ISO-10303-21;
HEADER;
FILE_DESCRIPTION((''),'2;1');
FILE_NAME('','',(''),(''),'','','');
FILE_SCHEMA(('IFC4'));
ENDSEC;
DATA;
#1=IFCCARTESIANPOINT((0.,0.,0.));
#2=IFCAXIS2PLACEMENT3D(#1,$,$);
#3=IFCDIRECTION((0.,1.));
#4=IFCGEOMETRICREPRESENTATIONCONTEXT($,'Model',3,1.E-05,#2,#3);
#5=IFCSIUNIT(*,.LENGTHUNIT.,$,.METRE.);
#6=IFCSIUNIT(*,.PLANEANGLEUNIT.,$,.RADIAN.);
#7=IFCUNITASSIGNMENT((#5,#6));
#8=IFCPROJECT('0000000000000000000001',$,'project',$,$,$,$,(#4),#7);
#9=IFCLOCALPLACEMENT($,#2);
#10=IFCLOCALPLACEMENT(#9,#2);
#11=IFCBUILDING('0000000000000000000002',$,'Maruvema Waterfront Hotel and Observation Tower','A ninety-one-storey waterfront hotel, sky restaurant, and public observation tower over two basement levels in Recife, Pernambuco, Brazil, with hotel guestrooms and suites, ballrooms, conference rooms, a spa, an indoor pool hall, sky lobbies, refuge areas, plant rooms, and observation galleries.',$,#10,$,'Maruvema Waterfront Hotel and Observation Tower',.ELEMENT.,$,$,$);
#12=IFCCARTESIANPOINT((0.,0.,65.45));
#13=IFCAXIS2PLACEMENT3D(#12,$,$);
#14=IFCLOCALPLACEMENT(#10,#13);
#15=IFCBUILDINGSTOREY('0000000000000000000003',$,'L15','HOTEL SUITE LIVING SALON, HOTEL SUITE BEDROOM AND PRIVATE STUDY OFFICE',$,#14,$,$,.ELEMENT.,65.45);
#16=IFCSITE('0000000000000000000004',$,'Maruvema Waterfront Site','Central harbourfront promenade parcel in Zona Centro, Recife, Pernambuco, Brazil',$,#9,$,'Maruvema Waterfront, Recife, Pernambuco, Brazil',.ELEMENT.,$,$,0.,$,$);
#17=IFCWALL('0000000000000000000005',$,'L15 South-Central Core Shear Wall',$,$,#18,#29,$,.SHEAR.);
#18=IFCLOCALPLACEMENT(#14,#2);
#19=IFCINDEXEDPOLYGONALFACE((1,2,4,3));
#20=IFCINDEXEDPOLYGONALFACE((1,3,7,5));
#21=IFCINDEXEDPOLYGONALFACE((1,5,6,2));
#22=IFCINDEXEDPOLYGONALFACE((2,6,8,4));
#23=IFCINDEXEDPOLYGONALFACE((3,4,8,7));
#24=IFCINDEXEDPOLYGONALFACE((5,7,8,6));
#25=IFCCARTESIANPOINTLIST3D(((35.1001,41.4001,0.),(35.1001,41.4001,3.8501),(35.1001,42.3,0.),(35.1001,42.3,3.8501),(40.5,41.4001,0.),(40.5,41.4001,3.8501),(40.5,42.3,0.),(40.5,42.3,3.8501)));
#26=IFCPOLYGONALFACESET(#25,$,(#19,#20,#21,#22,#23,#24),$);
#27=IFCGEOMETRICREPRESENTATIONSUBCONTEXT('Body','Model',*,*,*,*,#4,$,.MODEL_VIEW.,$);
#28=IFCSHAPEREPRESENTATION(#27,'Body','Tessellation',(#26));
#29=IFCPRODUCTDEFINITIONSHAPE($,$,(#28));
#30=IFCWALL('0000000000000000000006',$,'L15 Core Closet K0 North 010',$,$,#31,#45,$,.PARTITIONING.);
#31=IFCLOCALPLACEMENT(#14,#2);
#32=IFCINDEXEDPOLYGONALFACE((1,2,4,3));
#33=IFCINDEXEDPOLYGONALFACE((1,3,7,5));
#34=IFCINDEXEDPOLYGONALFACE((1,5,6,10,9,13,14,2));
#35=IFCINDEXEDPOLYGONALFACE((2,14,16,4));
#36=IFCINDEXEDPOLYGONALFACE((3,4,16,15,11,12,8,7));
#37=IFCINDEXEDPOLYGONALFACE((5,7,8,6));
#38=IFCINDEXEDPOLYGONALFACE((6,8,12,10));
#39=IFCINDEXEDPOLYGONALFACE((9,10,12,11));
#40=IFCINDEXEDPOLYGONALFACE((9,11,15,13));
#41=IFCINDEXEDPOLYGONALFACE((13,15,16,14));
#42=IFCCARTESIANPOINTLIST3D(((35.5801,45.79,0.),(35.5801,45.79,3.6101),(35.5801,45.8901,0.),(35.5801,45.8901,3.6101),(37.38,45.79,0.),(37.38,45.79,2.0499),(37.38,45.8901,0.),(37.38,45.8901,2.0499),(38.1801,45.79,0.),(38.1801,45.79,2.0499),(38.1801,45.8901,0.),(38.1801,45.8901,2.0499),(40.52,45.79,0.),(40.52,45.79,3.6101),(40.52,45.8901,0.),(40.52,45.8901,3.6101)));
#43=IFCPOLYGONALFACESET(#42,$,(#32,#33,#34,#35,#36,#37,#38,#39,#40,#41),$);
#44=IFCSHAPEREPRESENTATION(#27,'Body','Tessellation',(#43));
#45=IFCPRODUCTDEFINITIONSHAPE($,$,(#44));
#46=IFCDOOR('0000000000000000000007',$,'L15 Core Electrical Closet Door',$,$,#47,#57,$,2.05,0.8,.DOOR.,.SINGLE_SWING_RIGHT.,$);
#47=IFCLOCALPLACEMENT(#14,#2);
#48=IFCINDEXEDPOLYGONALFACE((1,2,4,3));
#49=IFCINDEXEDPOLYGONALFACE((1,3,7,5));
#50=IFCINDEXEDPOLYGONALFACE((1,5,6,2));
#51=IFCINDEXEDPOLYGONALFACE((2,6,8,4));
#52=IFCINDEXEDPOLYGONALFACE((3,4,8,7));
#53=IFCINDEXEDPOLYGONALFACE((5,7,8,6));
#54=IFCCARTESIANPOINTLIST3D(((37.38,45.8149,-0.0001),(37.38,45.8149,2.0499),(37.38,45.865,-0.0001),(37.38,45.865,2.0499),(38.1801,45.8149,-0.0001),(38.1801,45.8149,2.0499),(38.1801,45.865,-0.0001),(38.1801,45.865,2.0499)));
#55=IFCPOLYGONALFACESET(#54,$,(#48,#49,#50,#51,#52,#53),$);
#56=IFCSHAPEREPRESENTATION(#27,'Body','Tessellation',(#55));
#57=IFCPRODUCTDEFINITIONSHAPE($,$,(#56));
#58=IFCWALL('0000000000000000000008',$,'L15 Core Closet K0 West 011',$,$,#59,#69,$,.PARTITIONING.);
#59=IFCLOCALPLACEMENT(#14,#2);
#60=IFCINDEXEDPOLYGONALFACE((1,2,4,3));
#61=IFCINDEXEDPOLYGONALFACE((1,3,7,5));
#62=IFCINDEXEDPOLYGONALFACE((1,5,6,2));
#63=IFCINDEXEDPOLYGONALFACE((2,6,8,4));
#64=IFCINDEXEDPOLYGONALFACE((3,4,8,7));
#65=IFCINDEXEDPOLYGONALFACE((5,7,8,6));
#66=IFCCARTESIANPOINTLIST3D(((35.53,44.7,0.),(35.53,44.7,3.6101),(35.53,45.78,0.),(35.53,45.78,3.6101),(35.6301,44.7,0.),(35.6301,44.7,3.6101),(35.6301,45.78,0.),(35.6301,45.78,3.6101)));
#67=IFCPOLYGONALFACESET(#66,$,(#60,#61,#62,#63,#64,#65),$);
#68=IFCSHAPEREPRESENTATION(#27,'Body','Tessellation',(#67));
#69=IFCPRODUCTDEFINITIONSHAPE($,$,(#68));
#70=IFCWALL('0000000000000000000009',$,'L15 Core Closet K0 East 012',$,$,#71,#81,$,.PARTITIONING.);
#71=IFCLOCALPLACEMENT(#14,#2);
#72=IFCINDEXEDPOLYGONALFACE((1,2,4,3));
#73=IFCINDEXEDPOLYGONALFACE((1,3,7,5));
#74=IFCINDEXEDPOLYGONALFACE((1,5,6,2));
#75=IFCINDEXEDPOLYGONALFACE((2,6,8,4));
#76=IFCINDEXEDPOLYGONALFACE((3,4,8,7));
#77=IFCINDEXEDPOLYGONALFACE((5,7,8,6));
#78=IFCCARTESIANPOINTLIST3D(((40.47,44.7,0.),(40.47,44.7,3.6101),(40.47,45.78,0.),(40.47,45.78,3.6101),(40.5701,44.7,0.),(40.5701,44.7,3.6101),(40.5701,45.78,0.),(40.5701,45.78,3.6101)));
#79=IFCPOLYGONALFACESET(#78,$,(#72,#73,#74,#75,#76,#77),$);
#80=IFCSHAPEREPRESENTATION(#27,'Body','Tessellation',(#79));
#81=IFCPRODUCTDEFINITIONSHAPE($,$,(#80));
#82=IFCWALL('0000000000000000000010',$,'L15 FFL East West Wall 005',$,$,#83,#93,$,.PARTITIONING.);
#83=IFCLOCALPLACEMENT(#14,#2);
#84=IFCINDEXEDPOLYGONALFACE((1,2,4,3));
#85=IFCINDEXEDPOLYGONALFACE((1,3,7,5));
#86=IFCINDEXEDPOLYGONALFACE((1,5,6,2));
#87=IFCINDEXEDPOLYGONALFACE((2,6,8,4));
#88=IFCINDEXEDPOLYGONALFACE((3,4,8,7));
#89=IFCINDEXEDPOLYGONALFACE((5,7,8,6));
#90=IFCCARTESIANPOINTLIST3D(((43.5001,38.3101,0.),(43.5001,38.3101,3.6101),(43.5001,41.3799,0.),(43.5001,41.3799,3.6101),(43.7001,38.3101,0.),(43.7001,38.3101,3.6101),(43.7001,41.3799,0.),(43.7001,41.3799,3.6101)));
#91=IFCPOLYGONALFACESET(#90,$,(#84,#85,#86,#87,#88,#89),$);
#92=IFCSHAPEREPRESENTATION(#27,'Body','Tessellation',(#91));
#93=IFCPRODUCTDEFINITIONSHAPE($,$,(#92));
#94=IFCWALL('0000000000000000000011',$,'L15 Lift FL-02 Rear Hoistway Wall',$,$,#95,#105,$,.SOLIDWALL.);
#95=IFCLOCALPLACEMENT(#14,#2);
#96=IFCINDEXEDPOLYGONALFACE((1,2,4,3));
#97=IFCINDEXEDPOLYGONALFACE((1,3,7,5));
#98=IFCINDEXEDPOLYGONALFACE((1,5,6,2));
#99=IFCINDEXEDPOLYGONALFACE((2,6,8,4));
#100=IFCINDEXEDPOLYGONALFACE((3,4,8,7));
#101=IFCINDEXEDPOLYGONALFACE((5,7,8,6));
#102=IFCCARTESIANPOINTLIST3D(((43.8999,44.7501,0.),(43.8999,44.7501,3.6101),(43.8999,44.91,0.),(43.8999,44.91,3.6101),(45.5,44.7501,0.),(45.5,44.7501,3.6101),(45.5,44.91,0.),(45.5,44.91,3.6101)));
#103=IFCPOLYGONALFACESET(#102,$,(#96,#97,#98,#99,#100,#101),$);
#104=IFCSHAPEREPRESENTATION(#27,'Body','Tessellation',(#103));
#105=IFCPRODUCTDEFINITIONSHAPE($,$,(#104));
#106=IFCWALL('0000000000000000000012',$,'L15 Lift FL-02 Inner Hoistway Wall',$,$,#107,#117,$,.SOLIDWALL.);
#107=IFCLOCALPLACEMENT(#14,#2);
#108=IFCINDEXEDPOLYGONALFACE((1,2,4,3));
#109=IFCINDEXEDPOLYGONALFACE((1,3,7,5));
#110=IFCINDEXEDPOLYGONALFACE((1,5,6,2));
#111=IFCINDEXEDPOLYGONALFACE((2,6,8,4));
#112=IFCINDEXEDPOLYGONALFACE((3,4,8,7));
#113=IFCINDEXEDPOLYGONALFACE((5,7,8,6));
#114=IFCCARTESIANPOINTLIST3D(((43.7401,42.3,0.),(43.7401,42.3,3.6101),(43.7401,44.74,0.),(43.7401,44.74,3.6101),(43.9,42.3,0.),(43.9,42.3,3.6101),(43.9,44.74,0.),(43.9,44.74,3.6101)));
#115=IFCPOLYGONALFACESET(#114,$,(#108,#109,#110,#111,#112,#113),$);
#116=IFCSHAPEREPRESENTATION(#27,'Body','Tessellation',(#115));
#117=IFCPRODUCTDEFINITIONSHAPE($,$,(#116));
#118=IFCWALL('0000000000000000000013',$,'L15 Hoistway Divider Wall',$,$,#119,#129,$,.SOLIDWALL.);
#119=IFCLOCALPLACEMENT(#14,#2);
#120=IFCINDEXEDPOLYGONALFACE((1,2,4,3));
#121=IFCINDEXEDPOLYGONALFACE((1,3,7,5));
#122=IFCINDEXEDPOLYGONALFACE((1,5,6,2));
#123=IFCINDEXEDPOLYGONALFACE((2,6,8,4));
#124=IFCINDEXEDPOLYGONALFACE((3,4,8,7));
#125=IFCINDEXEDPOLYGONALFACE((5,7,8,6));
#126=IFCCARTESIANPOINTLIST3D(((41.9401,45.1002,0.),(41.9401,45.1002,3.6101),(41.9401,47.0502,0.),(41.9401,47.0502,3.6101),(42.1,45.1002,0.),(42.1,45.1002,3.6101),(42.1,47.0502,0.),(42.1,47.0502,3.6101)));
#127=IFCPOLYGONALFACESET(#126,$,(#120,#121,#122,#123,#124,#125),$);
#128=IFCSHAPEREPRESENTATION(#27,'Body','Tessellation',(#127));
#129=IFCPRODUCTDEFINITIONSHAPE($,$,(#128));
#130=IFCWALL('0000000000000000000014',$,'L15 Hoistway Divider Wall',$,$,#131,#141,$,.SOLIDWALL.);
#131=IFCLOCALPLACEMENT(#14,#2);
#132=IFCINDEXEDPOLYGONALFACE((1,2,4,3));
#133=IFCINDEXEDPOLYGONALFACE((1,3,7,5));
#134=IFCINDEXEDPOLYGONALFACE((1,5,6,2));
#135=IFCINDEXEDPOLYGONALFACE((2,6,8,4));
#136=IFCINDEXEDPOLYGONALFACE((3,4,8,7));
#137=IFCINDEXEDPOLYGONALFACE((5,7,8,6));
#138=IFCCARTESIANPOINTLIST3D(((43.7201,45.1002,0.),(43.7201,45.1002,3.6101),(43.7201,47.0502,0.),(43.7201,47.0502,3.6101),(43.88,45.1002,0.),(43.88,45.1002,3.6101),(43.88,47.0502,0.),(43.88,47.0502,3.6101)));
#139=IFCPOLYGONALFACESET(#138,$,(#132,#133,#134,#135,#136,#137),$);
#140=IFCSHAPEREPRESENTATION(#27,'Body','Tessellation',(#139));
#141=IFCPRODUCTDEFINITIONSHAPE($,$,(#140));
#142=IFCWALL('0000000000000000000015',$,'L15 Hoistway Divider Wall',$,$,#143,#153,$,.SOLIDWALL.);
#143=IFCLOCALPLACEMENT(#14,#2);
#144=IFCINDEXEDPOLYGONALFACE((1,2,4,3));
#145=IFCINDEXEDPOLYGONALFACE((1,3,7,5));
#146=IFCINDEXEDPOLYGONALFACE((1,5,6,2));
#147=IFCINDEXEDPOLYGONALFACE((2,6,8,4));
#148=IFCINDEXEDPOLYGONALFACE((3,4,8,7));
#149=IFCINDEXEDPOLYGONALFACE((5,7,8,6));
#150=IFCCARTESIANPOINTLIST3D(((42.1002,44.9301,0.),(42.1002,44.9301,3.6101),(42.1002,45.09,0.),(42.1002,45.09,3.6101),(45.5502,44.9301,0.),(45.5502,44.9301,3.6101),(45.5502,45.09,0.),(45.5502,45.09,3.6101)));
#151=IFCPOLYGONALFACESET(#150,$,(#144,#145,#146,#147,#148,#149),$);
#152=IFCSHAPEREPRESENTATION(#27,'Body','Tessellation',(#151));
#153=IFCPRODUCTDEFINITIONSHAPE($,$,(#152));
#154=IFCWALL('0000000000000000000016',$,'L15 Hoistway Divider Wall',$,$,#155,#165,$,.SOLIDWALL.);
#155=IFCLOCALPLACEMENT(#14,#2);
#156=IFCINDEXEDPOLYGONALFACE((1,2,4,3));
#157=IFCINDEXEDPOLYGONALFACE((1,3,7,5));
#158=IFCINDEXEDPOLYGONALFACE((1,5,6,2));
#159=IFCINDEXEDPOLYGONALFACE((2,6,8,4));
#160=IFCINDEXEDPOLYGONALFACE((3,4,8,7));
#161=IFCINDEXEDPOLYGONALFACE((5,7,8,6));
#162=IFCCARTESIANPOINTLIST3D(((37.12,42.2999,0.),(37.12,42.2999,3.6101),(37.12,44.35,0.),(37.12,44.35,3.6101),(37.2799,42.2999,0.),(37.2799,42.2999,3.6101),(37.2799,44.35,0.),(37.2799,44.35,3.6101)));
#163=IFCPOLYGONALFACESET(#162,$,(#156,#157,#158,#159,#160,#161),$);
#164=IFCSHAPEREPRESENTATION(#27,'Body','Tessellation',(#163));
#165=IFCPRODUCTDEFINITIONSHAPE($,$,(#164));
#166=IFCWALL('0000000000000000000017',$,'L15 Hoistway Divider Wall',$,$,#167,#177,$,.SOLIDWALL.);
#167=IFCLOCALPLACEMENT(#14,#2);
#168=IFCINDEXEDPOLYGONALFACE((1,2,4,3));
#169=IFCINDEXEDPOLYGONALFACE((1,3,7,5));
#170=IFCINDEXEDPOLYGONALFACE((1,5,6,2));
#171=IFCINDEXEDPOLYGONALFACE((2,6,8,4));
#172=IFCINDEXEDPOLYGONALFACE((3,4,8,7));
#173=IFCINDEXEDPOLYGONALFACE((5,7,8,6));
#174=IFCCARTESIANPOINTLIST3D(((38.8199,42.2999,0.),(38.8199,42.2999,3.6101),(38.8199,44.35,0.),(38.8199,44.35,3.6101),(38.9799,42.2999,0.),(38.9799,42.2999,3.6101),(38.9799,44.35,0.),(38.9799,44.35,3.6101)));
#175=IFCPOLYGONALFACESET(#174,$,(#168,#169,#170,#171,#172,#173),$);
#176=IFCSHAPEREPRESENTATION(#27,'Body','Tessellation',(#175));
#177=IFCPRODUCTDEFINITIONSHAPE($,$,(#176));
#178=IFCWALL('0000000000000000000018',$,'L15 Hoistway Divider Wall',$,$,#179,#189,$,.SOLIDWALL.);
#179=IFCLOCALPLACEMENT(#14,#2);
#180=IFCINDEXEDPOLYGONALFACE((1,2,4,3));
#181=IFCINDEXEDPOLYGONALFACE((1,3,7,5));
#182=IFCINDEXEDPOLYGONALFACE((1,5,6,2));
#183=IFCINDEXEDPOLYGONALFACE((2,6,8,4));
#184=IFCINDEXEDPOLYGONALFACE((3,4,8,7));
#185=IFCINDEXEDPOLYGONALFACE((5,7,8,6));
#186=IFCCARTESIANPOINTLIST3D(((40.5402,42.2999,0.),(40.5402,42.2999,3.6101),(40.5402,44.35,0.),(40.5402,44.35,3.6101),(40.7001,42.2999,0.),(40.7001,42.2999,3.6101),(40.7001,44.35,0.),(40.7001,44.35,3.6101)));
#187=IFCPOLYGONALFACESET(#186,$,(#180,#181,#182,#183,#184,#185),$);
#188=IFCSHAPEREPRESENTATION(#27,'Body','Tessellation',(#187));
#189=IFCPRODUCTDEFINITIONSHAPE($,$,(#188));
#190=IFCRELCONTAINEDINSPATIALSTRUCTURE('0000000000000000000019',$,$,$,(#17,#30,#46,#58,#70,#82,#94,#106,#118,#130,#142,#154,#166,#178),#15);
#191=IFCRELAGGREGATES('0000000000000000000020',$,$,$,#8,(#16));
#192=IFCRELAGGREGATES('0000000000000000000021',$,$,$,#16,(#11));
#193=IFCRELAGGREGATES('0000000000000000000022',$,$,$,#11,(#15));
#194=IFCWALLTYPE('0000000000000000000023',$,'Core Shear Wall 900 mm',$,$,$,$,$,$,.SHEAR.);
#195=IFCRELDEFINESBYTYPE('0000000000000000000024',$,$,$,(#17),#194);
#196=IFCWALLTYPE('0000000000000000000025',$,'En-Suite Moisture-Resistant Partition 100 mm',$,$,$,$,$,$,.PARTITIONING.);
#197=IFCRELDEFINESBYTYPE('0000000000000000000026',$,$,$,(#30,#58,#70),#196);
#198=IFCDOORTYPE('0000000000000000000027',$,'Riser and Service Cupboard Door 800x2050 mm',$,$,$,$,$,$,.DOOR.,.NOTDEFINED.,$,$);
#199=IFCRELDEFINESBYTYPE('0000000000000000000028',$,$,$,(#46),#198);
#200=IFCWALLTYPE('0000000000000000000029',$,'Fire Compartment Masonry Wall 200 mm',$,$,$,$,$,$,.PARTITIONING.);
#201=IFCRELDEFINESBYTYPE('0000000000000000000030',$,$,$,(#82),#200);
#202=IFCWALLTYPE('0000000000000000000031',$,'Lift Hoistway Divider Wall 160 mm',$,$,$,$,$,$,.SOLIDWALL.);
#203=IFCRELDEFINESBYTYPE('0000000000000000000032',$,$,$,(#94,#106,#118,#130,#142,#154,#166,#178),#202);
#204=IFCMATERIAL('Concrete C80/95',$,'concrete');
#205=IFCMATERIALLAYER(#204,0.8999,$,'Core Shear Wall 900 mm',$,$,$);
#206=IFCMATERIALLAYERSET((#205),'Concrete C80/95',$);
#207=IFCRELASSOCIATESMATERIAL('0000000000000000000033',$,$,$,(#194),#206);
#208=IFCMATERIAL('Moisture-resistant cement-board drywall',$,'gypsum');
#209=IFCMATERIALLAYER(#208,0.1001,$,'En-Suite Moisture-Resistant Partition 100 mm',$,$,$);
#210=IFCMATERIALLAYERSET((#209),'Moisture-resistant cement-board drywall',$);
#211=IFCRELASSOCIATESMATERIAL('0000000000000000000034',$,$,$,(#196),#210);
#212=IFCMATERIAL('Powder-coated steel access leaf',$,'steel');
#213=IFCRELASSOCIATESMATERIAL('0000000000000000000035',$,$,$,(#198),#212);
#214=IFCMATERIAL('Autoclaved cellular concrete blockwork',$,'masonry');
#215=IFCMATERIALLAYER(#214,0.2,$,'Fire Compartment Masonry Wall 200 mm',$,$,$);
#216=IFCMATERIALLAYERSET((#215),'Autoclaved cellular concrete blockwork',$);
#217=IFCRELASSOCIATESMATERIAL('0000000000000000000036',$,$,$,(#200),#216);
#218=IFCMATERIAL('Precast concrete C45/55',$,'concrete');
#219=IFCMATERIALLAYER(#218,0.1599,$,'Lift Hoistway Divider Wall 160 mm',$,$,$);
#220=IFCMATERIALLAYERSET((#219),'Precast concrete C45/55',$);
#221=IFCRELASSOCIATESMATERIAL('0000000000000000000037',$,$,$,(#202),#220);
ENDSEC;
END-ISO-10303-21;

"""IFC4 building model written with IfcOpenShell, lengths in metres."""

from ifc_helpers import new_model, si_unit, direction, frame, frame_2d, origin, place, context, subcontext, project, spatial, rectangle, extrude, material, layer, layer_set, type_object, element, fill, save


model = new_model("IFC4")

# Units and contexts
model_context = context("Model", 3, precision=1e-05, world=origin(), true_north=direction((0.0, 1.0)))
body_context = subcontext(model_context, "Body", "Model", "MODEL_VIEW")
ifc_project = project(units=[si_unit("LENGTHUNIT", "METRE"), si_unit("PLANEANGLEUNIT", "RADIAN")], contexts=[model_context])

# Site, building, storey
site_placement = place(None, origin())
site = spatial("IfcSite", under=ifc_project, at=site_placement, Name="Maruvema Waterfront Site", Description="Central harbourfront promenade parcel in Zona Centro, Recife, Pernambuco, Brazil", LongName="Maruvema Waterfront, Recife, Pernambuco, Brazil", CompositionType="ELEMENT", RefElevation=0.0)
building_placement = place(site_placement, origin())
building = spatial("IfcBuilding", under=site, at=building_placement, Name="Maruvema Waterfront Hotel and Observation Tower", Description="A ninety-one-storey waterfront hotel, sky restaurant, and public observation tower over two basement levels in Recife, Pernambuco, Brazil, with hotel guestrooms and suites, ballrooms, conference rooms, a spa, an indoor pool hall, sky lobbies, refuge areas, plant rooms, and observation galleries.", LongName="Maruvema Waterfront Hotel and Observation Tower", CompositionType="ELEMENT")
storey_placement = place(building_placement, frame((0.0, 0.0, 65.45)))
storey = spatial("IfcBuildingStorey", under=building, at=storey_placement, Name="L15", Description="HOTEL SUITE LIVING SALON, HOTEL SUITE BEDROOM AND PRIVATE STUDY OFFICE", CompositionType="ELEMENT", Elevation=65.45)

# Wall
ifc_material_1 = material(Name="Concrete C80/95", Category="concrete")
ifc_layer_1 = layer(ifc_material_1, 0.8999, Name="Core Shear Wall 900 mm")
ifc_layer_set_1 = layer_set([ifc_layer_1], Name="Concrete C80/95")
wall_type_1 = type_object("IfcWallType", Name="Core Shear Wall 900 mm", PredefinedType="SHEAR", material=ifc_layer_set_1)
wall_1_placement = place(storey_placement, frame((35.1001, 41.8501, 0.0), z_axis=(0.0, 0.0, 1.0), x_axis=(1.0, 0.0, 0.0)))
element("IfcWall", 1, at=wall_1_placement, inside=storey, type_object=wall_type_1, Name="L15 South-Central Core Shear Wall", PredefinedType="SHEAR", context=body_context, shape_type="SweptSolid", body=[
    extrude(rectangle(XDim=5.3999, YDim=0.8999, at=frame_2d((2.7, 0.0))), origin(), (0.0, 0.0, 1.0), 3.8501),
])

# Wall, opening, door
ifc_material_2 = material(Name="Moisture-resistant cement-board drywall", Category="gypsum")
ifc_layer_2 = layer(ifc_material_2, 0.1001, Name="En-Suite Moisture-Resistant Partition 100 mm")
ifc_layer_set_2 = layer_set([ifc_layer_2], Name="Moisture-resistant cement-board drywall")
wall_type_2 = type_object("IfcWallType", Name="En-Suite Moisture-Resistant Partition 100 mm", PredefinedType="PARTITIONING", material=ifc_layer_set_2)
wall_2_placement = place(storey_placement, frame((35.5801, 45.8401, 0.0), z_axis=(0.0, 0.0, 1.0), x_axis=(1.0, 0.0, 0.0)))
wall_2 = element("IfcWall", 2, at=wall_2_placement, inside=storey, type_object=wall_type_2, Name="L15 Core Closet K0 North 010", PredefinedType="PARTITIONING", context=body_context, shape_type="SweptSolid", body=[
    extrude(rectangle(XDim=4.9399, YDim=0.1001, at=frame_2d((2.47, 0.0))), origin(), (0.0, 0.0, 1.0), 3.6101),
])
opening_1_placement = place(wall_2_placement, frame((1.8, 0.0, 0.0)))
opening_1 = element("IfcOpeningElement", 3, at=opening_1_placement, cuts=wall_2, PredefinedType="OPENING", context=body_context, shape_type="SweptSolid", body=[
    extrude(rectangle(XDim=0.8, YDim=2.05, at=frame_2d((0.3999, 1.0249))), frame((0.0, 0.0601, 0.0), z_axis=(0.0, -1.0, 0.0), x_axis=(1.0, 0.0, 0.0)), (0.0, 0.0, 1.0), 0.1201),
])
ifc_material_3 = material(Name="Powder-coated steel access leaf", Category="steel")
door_type_1 = type_object("IfcDoorType", Name="Riser and Service Cupboard Door 800x2050 mm", OperationType="NOTDEFINED", PredefinedType="DOOR", material=ifc_material_3)
door_1_placement = place(opening_1_placement, origin())
door_1 = element("IfcDoor", 4, at=door_1_placement, inside=storey, type_object=door_type_1, Name="L15 Core Electrical Closet Door", OperationType="SINGLE_SWING_RIGHT", OverallHeight=2.05, OverallWidth=0.8, PredefinedType="DOOR", context=body_context, shape_type="SweptSolid", body=[
    extrude(rectangle(XDim=0.8, YDim=2.05, at=frame_2d((0.3999, 1.0249))), frame((0.0, 0.0249, 0.0), z_axis=(0.0, -1.0, 0.0), x_axis=(1.0, 0.0, 0.0)), (0.0, 0.0, 1.0), 0.05),
])
fill(opening_1, door_1)

# Walls
for number, where, z_axis, x_axis, name in (
    (5, (35.5801, 44.7, 0.0), (0.0, 0.0, 1.0), (0.0, 1.0, 0.0), "L15 Core Closet K0 West 011"),
    (6, (40.52, 44.7, 0.0), (0.0, 0.0, 1.0), (0.0, 1.0, 0.0), "L15 Core Closet K0 East 012"),
):
    element("IfcWall", number, at=place(storey_placement, frame(where, z_axis=z_axis, x_axis=x_axis)), inside=storey, type_object=wall_type_2, Name=name, PredefinedType="PARTITIONING", context=body_context, shape_type="SweptSolid", body=[
        extrude(rectangle(XDim=1.0801, YDim=0.1001, at=frame_2d((0.54, 0.0))), origin(), (0.0, 0.0, 1.0), 3.6101),
    ])

# Shared definitions
ifc_material_4 = material(Name="Autoclaved cellular concrete blockwork", Category="masonry")
ifc_layer_3 = layer(ifc_material_4, 0.2, Name="Fire Compartment Masonry Wall 200 mm")
ifc_layer_set_3 = layer_set([ifc_layer_3], Name="Autoclaved cellular concrete blockwork")
wall_type_3 = type_object("IfcWallType", Name="Fire Compartment Masonry Wall 200 mm", PredefinedType="PARTITIONING", material=ifc_layer_set_3)

# Walls
wall_3_placement = place(storey_placement, frame((43.6001, 38.3101, 0.0), z_axis=(0.0, 0.0, 1.0), x_axis=(0.0, 1.0, 0.0)))
element("IfcWall", 7, at=wall_3_placement, inside=storey, type_object=wall_type_3, Name="L15 FFL East West Wall 005", PredefinedType="PARTITIONING", context=body_context, shape_type="SweptSolid", body=[
    extrude(rectangle(XDim=3.0698, YDim=0.2, at=frame_2d((1.5349, 0.0))), origin(), (0.0, 0.0, 1.0), 3.6101),
])
ifc_material_5 = material(Name="Precast concrete C45/55", Category="concrete")
ifc_layer_4 = layer(ifc_material_5, 0.1599, Name="Lift Hoistway Divider Wall 160 mm")
ifc_layer_set_4 = layer_set([ifc_layer_4], Name="Precast concrete C45/55")
wall_type_4 = type_object("IfcWallType", Name="Lift Hoistway Divider Wall 160 mm", PredefinedType="SOLIDWALL", material=ifc_layer_set_4)
wall_4_placement = place(storey_placement, frame((43.8999, 44.8301, 0.0), z_axis=(0.0, 0.0, 1.0), x_axis=(1.0, 0.0, 0.0)))
element("IfcWall", 8, at=wall_4_placement, inside=storey, type_object=wall_type_4, Name="L15 Lift FL-02 Rear Hoistway Wall", PredefinedType="SOLIDWALL", context=body_context, shape_type="SweptSolid", body=[
    extrude(rectangle(XDim=1.6001, YDim=0.1599, at=frame_2d((0.8, 0.0))), origin(), (0.0, 0.0, 1.0), 3.6101),
])
wall_5_placement = place(storey_placement, frame((43.8201, 42.3, 0.0), z_axis=(0.0, 0.0, 1.0), x_axis=(0.0, 1.0, 0.0)))
element("IfcWall", 9, at=wall_5_placement, inside=storey, type_object=wall_type_4, Name="L15 Lift FL-02 Inner Hoistway Wall", PredefinedType="SOLIDWALL", context=body_context, shape_type="SweptSolid", body=[
    extrude(rectangle(XDim=2.4399, YDim=0.1599, at=frame_2d((1.22, 0.0))), origin(), (0.0, 0.0, 1.0), 3.6101),
])
for number, where, z_axis, x_axis, name in (
    (10, (42.02, 45.1001, 0.0), (0.0, 0.0, 1.0), (0.0, 1.0, 0.0), "L15 Hoistway Divider Wall"),
    (11, (43.8, 45.1001, 0.0), (0.0, 0.0, 1.0), (0.0, 1.0, 0.0), "L15 Hoistway Divider Wall"),
):
    element("IfcWall", number, at=place(storey_placement, frame(where, z_axis=z_axis, x_axis=x_axis)), inside=storey, type_object=wall_type_4, Name=name, PredefinedType="SOLIDWALL", context=body_context, shape_type="SweptSolid", body=[
        extrude(rectangle(XDim=1.95, YDim=0.1599, at=frame_2d((0.9751, 0.0))), origin(), (0.0, 0.0, 1.0), 3.6101),
    ])
wall_6_placement = place(storey_placement, frame((42.1001, 45.01, 0.0), z_axis=(0.0, 0.0, 1.0), x_axis=(1.0, 0.0, 0.0)))
element("IfcWall", 12, at=wall_6_placement, inside=storey, type_object=wall_type_4, Name="L15 Hoistway Divider Wall", PredefinedType="SOLIDWALL", context=body_context, shape_type="SweptSolid", body=[
    extrude(rectangle(XDim=3.45, YDim=0.1599, at=frame_2d((1.7251, 0.0))), origin(), (0.0, 0.0, 1.0), 3.6101),
])
for number, where, z_axis, x_axis, name in (
    (13, (37.2, 42.3, 0.0), (0.0, 0.0, 1.0), (0.0, 1.0, 0.0), "L15 Hoistway Divider Wall"),
    (14, (38.8999, 42.3, 0.0), (0.0, 0.0, 1.0), (0.0, 1.0, 0.0), "L15 Hoistway Divider Wall"),
    (15, (40.6201, 42.3, 0.0), (0.0, 0.0, 1.0), (0.0, 1.0, 0.0), "L15 Hoistway Divider Wall"),
):
    element("IfcWall", number, at=place(storey_placement, frame(where, z_axis=z_axis, x_axis=x_axis)), inside=storey, type_object=wall_type_4, Name=name, PredefinedType="SOLIDWALL", context=body_context, shape_type="SweptSolid", body=[
        extrude(rectangle(XDim=2.05, YDim=0.1599, at=frame_2d((1.0249, 0.0))), origin(), (0.0, 0.0, 1.0), 3.6101),
    ])

save(model, "model.ifc")
